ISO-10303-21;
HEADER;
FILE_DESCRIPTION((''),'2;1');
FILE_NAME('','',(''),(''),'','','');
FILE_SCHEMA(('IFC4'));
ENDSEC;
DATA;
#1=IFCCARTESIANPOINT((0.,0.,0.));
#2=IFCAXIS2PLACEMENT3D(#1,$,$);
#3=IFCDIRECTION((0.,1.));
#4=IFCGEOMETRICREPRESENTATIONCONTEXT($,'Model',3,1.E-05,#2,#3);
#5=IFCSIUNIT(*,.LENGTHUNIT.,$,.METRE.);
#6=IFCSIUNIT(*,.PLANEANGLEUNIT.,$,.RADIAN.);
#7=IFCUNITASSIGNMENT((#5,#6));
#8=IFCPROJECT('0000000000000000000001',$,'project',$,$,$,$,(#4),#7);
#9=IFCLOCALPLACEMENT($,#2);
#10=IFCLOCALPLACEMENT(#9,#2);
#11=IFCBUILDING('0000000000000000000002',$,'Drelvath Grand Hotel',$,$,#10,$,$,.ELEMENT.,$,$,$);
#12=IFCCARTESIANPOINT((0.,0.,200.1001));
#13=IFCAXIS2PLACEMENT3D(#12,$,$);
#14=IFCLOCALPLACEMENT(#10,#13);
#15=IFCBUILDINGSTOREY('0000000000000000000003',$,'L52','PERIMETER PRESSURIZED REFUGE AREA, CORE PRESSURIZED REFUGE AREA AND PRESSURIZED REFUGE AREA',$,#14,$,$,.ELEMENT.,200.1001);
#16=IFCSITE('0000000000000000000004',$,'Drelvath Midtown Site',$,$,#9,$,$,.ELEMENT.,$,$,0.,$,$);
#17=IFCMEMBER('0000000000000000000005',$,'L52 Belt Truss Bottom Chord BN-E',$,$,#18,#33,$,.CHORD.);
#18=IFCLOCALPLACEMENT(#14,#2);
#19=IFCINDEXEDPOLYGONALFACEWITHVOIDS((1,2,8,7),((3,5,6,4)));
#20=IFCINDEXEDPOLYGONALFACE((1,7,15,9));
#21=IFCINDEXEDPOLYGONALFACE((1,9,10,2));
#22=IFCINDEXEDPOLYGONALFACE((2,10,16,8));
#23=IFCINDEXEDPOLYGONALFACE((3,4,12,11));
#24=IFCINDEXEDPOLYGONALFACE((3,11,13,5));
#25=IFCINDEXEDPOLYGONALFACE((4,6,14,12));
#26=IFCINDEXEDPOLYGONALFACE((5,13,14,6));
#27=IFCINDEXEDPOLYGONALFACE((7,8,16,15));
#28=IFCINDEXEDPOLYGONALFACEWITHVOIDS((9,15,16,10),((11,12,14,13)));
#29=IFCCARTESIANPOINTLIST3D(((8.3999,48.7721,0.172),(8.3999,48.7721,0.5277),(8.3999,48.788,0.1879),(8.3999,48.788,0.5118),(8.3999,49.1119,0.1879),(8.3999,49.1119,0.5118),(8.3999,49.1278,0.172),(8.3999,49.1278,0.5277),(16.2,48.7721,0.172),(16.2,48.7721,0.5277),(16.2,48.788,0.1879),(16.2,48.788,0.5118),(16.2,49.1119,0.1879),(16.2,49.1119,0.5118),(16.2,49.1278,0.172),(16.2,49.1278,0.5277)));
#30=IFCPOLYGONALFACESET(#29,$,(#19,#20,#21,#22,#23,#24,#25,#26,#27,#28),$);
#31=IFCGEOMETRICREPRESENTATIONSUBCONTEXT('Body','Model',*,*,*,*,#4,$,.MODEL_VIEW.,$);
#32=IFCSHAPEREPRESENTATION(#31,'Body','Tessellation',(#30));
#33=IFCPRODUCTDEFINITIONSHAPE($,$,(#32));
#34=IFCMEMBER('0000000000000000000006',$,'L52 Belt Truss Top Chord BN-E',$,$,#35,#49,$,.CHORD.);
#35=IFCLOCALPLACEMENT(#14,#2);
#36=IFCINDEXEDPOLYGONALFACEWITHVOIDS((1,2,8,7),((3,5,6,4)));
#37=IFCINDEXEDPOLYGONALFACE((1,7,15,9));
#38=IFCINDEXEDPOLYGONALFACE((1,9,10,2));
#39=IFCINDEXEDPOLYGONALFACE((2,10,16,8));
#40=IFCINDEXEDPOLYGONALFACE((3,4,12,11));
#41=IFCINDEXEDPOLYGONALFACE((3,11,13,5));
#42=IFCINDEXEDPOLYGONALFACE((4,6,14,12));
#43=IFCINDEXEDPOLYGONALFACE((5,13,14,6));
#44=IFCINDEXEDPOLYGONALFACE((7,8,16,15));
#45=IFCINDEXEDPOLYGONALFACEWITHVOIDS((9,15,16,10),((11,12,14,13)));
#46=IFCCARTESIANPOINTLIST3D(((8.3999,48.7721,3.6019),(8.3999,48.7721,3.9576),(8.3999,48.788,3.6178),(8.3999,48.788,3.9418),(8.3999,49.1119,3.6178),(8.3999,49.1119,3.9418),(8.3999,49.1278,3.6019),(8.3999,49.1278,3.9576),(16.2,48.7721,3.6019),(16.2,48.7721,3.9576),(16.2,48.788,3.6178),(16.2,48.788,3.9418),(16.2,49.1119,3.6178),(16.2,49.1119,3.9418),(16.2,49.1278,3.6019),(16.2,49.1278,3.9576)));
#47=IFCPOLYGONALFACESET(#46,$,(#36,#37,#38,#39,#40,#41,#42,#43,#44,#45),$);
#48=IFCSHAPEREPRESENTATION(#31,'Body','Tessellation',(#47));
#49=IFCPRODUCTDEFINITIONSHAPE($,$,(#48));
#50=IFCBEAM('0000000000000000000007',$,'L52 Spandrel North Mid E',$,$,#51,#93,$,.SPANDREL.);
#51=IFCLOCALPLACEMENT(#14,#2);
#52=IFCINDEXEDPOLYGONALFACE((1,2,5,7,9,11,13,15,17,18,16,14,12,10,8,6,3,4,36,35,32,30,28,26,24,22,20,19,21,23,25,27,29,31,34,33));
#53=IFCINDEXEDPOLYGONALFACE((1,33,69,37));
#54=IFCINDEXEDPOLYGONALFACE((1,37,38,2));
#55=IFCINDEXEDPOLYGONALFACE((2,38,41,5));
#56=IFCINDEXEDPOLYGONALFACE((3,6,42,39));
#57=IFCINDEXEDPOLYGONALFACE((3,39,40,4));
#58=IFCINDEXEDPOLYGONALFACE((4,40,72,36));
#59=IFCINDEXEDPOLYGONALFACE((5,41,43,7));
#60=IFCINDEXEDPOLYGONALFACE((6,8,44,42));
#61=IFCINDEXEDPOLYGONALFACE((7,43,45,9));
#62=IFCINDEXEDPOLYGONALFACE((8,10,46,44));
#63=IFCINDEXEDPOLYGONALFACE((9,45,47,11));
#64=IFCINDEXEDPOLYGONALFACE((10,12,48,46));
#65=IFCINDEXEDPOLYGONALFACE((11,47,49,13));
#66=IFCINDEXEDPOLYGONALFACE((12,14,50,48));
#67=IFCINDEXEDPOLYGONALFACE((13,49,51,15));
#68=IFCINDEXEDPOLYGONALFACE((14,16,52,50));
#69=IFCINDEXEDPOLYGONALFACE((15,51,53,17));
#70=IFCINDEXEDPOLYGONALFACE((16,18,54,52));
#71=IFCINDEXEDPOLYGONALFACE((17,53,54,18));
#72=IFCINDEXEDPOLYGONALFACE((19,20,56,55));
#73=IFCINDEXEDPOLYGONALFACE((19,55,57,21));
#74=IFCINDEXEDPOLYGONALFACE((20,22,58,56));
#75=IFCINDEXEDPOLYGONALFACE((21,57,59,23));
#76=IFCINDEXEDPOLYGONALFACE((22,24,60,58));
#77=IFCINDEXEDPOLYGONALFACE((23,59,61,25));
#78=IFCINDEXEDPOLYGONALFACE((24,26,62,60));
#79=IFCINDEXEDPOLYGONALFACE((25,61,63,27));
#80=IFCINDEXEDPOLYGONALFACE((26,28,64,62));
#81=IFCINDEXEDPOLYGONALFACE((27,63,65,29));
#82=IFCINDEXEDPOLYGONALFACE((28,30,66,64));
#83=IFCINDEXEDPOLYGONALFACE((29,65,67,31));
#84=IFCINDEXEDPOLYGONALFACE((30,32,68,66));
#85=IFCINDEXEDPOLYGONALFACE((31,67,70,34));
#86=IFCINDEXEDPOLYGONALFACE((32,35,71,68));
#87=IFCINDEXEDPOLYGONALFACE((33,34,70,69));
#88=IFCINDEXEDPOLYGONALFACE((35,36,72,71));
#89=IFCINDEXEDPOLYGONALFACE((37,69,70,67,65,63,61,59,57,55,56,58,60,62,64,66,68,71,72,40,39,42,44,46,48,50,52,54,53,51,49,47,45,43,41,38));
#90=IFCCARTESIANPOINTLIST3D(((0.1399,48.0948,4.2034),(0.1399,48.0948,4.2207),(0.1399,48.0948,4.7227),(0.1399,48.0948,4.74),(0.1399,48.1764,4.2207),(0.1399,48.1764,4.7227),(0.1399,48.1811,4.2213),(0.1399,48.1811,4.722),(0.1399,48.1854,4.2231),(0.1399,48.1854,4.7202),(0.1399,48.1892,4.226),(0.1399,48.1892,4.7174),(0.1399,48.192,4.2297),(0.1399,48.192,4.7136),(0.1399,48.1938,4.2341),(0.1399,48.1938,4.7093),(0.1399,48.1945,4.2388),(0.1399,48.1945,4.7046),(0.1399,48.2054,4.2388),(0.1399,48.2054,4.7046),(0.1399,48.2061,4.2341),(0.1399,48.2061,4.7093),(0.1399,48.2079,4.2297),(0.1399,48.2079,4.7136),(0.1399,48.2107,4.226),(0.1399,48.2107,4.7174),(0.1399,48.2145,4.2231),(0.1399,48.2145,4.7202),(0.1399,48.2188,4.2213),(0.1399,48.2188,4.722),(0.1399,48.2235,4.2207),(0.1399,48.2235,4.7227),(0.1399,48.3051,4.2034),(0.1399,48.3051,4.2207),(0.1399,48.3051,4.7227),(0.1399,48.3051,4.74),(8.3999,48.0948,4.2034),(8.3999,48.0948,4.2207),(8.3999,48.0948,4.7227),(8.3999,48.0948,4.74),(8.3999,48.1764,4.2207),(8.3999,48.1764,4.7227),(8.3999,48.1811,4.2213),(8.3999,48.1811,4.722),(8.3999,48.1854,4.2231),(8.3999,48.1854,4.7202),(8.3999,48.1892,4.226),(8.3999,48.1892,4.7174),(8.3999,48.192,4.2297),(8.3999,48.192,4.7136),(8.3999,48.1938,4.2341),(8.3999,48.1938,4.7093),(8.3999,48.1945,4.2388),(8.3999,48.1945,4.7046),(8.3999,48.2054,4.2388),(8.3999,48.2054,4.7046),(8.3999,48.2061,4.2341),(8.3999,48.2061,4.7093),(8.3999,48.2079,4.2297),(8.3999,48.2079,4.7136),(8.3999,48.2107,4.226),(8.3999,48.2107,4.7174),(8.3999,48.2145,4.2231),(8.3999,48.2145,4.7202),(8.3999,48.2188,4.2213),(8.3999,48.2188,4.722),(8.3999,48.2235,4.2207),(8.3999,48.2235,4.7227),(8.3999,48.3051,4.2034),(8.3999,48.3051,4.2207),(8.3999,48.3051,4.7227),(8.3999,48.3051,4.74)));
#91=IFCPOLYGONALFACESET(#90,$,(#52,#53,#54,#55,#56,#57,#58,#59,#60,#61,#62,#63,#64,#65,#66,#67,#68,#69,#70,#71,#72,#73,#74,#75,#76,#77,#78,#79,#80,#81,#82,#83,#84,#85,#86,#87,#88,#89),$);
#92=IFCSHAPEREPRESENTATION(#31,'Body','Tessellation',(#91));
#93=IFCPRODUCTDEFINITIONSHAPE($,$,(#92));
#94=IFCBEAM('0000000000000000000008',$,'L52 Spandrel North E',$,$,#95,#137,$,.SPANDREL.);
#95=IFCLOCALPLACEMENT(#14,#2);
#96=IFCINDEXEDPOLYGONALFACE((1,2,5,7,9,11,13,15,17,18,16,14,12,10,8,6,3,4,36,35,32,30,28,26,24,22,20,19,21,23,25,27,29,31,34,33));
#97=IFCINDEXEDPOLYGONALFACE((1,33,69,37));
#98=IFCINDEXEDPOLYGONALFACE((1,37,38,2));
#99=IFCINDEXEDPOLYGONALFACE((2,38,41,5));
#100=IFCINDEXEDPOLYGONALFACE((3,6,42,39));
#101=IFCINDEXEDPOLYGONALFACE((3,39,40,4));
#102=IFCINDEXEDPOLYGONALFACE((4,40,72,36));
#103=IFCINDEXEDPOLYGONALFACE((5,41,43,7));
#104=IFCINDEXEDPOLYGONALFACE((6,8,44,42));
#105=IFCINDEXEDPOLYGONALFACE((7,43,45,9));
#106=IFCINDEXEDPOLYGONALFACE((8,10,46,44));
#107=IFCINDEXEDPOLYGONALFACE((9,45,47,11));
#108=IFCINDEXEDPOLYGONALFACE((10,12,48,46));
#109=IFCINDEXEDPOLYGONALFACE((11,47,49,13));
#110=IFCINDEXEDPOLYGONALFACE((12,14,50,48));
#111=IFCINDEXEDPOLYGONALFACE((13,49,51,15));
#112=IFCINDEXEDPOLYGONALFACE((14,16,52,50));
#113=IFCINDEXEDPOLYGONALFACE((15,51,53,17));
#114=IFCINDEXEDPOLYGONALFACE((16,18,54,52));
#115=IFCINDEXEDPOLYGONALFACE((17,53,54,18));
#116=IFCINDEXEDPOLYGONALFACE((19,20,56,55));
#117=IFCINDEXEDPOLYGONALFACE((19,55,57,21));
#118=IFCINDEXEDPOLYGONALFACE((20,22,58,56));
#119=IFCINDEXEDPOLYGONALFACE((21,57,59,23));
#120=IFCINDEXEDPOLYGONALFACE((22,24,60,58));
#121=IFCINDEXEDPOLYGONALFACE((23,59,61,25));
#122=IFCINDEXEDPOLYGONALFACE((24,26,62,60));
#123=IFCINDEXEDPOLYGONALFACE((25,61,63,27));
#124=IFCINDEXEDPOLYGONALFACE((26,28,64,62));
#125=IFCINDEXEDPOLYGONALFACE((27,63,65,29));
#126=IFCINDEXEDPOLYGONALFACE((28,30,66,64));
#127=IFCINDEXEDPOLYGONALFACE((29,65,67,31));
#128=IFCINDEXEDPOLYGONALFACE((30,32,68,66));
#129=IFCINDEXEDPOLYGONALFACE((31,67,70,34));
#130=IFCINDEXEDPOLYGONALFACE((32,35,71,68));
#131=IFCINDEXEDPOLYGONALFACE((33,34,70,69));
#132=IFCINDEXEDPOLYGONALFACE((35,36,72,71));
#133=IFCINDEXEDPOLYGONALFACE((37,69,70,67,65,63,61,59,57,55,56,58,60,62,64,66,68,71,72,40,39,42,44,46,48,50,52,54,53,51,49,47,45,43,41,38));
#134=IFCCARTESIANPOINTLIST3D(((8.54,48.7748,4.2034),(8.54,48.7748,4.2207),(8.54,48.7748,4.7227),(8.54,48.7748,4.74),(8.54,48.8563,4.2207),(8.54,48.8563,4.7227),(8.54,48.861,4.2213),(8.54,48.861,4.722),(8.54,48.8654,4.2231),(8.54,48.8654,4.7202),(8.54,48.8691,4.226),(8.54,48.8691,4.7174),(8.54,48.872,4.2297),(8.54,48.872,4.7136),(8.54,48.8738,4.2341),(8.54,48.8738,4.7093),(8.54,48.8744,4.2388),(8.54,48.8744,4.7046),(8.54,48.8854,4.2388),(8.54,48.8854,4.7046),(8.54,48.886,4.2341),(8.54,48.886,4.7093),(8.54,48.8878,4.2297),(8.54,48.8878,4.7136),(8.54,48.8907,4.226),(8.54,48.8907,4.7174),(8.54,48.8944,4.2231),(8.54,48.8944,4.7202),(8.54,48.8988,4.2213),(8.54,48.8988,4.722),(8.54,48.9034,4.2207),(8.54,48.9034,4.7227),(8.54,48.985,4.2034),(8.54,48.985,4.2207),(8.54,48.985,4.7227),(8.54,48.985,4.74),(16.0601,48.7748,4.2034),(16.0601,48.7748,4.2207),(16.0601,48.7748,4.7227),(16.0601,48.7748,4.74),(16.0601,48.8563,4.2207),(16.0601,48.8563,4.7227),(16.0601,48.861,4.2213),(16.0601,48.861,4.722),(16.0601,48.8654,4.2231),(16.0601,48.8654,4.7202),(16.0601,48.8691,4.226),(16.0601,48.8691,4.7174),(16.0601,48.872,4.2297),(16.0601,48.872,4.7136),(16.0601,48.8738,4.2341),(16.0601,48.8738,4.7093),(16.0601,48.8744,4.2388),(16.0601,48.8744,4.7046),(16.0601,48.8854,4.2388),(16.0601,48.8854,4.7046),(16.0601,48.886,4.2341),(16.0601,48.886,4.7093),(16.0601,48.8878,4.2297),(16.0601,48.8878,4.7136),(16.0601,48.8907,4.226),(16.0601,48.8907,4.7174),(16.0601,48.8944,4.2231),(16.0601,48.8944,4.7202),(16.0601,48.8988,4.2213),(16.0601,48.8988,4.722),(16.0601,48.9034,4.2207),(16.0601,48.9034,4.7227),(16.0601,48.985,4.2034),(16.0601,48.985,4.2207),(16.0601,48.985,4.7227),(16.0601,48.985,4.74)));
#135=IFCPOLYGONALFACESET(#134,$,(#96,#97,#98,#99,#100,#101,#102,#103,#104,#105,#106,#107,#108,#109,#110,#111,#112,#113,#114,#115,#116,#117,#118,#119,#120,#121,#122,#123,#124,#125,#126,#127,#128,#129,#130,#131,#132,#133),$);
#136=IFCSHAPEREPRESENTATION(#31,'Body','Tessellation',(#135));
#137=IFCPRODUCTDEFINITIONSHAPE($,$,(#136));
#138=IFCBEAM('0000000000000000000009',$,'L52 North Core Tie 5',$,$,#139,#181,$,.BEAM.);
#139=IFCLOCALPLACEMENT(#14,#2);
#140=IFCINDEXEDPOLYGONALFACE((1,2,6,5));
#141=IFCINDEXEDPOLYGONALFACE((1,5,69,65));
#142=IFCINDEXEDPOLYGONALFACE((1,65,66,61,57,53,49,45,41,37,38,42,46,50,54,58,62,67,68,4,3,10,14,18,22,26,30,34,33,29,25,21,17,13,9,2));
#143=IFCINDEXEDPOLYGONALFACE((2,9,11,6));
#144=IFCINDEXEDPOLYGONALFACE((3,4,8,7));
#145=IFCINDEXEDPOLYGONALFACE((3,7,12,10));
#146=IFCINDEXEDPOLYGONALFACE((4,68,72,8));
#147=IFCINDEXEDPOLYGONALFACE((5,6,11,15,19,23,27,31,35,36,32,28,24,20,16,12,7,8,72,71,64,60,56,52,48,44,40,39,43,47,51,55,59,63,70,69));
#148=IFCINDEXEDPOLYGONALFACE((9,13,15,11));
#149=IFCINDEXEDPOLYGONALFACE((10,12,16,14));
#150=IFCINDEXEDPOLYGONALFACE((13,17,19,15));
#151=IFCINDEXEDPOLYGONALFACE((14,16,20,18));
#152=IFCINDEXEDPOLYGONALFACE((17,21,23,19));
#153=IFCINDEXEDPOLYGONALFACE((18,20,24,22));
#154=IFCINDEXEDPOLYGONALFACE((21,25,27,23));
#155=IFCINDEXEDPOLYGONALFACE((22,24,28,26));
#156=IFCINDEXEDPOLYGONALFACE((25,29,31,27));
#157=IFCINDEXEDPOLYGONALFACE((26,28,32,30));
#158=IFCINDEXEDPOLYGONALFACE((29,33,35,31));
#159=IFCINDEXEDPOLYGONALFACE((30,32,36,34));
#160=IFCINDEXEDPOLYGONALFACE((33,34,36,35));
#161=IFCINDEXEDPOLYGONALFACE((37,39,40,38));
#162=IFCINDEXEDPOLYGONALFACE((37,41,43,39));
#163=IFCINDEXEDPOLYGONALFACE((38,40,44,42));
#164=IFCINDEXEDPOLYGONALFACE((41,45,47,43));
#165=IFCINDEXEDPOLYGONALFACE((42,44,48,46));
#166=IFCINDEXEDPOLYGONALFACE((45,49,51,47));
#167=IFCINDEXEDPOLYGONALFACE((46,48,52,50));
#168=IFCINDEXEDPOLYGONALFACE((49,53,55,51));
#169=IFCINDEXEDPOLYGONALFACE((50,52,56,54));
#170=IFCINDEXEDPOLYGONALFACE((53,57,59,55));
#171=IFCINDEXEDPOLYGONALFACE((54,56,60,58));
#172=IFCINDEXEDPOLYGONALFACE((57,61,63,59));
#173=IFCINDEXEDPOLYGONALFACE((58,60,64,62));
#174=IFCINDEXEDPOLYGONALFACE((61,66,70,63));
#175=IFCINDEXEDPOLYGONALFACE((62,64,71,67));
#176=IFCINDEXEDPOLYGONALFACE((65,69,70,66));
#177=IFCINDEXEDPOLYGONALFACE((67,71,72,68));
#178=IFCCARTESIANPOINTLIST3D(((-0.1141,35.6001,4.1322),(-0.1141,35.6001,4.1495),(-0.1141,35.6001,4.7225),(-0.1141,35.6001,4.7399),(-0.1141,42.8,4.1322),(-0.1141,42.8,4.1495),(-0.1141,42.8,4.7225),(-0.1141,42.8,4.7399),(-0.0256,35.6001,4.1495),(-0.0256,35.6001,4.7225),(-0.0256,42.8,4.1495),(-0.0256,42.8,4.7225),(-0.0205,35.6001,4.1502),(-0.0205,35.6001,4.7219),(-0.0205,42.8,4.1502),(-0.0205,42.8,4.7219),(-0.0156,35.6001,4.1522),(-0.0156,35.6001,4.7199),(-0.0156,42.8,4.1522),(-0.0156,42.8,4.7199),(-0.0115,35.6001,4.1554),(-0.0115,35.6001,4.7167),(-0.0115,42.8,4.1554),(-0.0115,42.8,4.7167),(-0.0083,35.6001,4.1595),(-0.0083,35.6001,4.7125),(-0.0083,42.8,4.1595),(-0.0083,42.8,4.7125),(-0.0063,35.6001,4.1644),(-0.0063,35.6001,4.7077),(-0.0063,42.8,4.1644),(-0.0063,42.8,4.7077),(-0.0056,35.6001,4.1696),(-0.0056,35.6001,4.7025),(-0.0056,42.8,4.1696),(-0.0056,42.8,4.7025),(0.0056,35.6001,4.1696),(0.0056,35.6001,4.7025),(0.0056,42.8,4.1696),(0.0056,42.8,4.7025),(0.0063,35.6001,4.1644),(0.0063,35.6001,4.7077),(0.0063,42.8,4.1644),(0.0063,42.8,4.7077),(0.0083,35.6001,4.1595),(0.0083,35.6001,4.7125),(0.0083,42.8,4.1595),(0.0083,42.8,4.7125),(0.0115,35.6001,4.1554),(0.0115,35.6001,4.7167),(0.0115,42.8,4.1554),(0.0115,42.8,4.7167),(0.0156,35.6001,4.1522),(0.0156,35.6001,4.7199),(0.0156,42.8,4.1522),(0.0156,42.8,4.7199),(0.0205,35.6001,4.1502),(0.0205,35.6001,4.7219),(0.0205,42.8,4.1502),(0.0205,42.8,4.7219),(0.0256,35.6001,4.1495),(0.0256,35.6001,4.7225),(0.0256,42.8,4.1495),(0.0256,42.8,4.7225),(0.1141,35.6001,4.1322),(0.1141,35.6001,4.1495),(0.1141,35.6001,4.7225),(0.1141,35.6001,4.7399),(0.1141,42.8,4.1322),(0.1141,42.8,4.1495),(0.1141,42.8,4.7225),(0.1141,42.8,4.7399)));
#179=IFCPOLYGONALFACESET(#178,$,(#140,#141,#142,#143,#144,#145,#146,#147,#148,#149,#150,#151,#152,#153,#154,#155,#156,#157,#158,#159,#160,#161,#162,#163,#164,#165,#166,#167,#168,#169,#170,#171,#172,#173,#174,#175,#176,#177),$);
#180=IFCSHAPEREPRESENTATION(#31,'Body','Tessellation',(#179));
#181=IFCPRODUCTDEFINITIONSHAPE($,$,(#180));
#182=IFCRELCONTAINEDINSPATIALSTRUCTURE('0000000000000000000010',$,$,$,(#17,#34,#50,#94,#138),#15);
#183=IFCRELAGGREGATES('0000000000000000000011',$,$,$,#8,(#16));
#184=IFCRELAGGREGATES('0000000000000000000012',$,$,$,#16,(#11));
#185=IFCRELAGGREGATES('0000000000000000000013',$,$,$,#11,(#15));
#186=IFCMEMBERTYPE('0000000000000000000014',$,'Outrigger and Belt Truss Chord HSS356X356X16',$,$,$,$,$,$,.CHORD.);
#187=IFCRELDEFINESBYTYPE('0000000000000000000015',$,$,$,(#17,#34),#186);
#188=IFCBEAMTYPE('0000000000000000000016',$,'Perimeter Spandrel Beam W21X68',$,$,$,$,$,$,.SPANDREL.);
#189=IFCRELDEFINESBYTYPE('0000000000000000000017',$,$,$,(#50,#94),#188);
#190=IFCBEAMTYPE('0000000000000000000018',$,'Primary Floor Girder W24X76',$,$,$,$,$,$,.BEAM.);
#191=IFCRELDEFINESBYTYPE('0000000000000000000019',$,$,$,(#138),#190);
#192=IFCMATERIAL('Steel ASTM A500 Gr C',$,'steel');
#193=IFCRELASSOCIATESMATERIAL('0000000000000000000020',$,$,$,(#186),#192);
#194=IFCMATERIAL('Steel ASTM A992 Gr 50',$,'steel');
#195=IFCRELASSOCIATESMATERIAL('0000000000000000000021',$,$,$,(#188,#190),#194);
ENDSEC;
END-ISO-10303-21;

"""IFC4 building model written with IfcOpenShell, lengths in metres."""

from ifc_helpers import new_model, si_unit, direction, frame, origin, origin_2d, place, context, subcontext, project, spatial, hollow_rectangle, i_section, extrude, material, material_profile, profile_set, type_object, element, save


model = new_model("IFC4")

# Units and contexts
model_context = context("Model", 3, precision=1e-05, world=origin(), true_north=direction((0.0, 1.0)))
body_context = subcontext(model_context, "Body", "Model", "MODEL_VIEW")
ifc_project = project(units=[si_unit("LENGTHUNIT", "METRE"), si_unit("PLANEANGLEUNIT", "RADIAN")], contexts=[model_context])

# Site, building, storey
site_placement = place(None, origin())
site = spatial("IfcSite", under=ifc_project, at=site_placement, Name="Drelvath Midtown Site", CompositionType="ELEMENT", RefElevation=0.0)
building_placement = place(site_placement, origin())
building = spatial("IfcBuilding", under=site, at=building_placement, Name="Drelvath Grand Hotel", CompositionType="ELEMENT")
storey_placement = place(building_placement, frame((0.0, 0.0, 200.1001)))
storey = spatial("IfcBuildingStorey", under=building, at=storey_placement, Name="L52", Description="PERIMETER PRESSURIZED REFUGE AREA, CORE PRESSURIZED REFUGE AREA AND PRESSURIZED REFUGE AREA", CompositionType="ELEMENT", Elevation=200.1001)

# Members
ifc_material_1 = material(Name="Steel ASTM A500 Gr C", Category="steel")
ifc_material_profile_1 = material_profile(ifc_material_1, hollow_rectangle(XDim=0.3557, YDim=0.3557, WallThickness=0.0159, at=origin_2d()), Name="HSS356X356X16")
ifc_profile_set_1 = profile_set([ifc_material_profile_1], Name="Steel ASTM A500 Gr C")
member_type_1 = type_object("IfcMemberType", Name="Outrigger and Belt Truss Chord HSS356X356X16", PredefinedType="CHORD", material=ifc_profile_set_1)
for number, where, z_axis, x_axis, name in (
    (1, (8.3999, 48.95, 0.3499), (1.0, 0.0, 0.0), (0.0, 1.0, 0.0), "L52 Belt Truss Bottom Chord BN-E"),
    (2, (8.3999, 48.95, 3.7798), (1.0, 0.0, 0.0), (0.0, 1.0, 0.0), "L52 Belt Truss Top Chord BN-E"),
):
    element("IfcMember", number, at=place(storey_placement, frame(where, z_axis=z_axis, x_axis=x_axis)), inside=storey, type_object=member_type_1, Name=name, PredefinedType="CHORD", context=body_context, shape_type="SweptSolid", body=[
        extrude(hollow_rectangle(XDim=0.3557, YDim=0.3557, WallThickness=0.0159, at=origin_2d()), origin(), (0.0, 0.0, 1.0), 7.8),
    ])

# Beams
ifc_material_2 = material(Name="Steel ASTM A992 Gr 50", Category="steel")
ifc_material_profile_2 = material_profile(ifc_material_2, i_section(OverallWidth=0.2102, OverallDepth=0.5366, WebThickness=0.011, FlangeThickness=0.0173, FilletRadius=0.0181, at=origin_2d()), Name="W21X68")
ifc_profile_set_2 = profile_set([ifc_material_profile_2], Name="Steel ASTM A992 Gr 50")
beam_type_1 = type_object("IfcBeamType", Name="Perimeter Spandrel Beam W21X68", PredefinedType="SPANDREL", material=ifc_profile_set_2)
beam_1_placement = place(storey_placement, frame((0.1399, 48.2, 4.4717), z_axis=(1.0, 0.0, 0.0), x_axis=(0.0, 1.0, 0.0)))
element("IfcBeam", 3, at=beam_1_placement, inside=storey, type_object=beam_type_1, Name="L52 Spandrel North Mid E", PredefinedType="SPANDREL", context=body_context, shape_type="SweptSolid", body=[
    extrude(i_section(OverallWidth=0.2102, OverallDepth=0.5366, WebThickness=0.011, FlangeThickness=0.0173, FilletRadius=0.0181, at=origin_2d()), origin(), (0.0, 0.0, 1.0), 8.26),
])
beam_2_placement = place(storey_placement, frame((8.54, 48.8799, 4.4717), z_axis=(1.0, 0.0, 0.0), x_axis=(0.0, 1.0, 0.0)))
element("IfcBeam", 4, at=beam_2_placement, inside=storey, type_object=beam_type_1, Name="L52 Spandrel North E", PredefinedType="SPANDREL", context=body_context, shape_type="SweptSolid", body=[
    extrude(i_section(OverallWidth=0.2102, OverallDepth=0.5366, WebThickness=0.011, FlangeThickness=0.0173, FilletRadius=0.0181, at=origin_2d()), origin(), (0.0, 0.0, 1.0), 7.52),
])
ifc_material_profile_3 = material_profile(ifc_material_2, i_section(OverallWidth=0.2283, OverallDepth=0.6077, WebThickness=0.0112, FlangeThickness=0.0173, FilletRadius=0.02, at=origin_2d()), Name="W24X76")
ifc_profile_set_3 = profile_set([ifc_material_profile_3], Name="Steel ASTM A992 Gr 50")
beam_type_2 = type_object("IfcBeamType", Name="Primary Floor Girder W24X76", PredefinedType="BEAM", material=ifc_profile_set_3)
for number, where, z_axis, x_axis, name in (
    (5, (0.0, 35.6001, 4.436), (0.0, 1.0, 0.0), (-1.0, 0.0, 0.0), "L52 North Core Tie 5"),
):
    element("IfcBeam", number, at=place(storey_placement, frame(where, z_axis=z_axis, x_axis=x_axis)), inside=storey, type_object=beam_type_2, Name=name, PredefinedType="BEAM", context=body_context, shape_type="SweptSolid", body=[
        extrude(i_section(OverallWidth=0.2283, OverallDepth=0.6077, WebThickness=0.0112, FlangeThickness=0.0173, FilletRadius=0.02, at=origin_2d()), origin(), (0.0, 0.0, 1.0), 7.2),
    ])

save(model, "model.ifc")
